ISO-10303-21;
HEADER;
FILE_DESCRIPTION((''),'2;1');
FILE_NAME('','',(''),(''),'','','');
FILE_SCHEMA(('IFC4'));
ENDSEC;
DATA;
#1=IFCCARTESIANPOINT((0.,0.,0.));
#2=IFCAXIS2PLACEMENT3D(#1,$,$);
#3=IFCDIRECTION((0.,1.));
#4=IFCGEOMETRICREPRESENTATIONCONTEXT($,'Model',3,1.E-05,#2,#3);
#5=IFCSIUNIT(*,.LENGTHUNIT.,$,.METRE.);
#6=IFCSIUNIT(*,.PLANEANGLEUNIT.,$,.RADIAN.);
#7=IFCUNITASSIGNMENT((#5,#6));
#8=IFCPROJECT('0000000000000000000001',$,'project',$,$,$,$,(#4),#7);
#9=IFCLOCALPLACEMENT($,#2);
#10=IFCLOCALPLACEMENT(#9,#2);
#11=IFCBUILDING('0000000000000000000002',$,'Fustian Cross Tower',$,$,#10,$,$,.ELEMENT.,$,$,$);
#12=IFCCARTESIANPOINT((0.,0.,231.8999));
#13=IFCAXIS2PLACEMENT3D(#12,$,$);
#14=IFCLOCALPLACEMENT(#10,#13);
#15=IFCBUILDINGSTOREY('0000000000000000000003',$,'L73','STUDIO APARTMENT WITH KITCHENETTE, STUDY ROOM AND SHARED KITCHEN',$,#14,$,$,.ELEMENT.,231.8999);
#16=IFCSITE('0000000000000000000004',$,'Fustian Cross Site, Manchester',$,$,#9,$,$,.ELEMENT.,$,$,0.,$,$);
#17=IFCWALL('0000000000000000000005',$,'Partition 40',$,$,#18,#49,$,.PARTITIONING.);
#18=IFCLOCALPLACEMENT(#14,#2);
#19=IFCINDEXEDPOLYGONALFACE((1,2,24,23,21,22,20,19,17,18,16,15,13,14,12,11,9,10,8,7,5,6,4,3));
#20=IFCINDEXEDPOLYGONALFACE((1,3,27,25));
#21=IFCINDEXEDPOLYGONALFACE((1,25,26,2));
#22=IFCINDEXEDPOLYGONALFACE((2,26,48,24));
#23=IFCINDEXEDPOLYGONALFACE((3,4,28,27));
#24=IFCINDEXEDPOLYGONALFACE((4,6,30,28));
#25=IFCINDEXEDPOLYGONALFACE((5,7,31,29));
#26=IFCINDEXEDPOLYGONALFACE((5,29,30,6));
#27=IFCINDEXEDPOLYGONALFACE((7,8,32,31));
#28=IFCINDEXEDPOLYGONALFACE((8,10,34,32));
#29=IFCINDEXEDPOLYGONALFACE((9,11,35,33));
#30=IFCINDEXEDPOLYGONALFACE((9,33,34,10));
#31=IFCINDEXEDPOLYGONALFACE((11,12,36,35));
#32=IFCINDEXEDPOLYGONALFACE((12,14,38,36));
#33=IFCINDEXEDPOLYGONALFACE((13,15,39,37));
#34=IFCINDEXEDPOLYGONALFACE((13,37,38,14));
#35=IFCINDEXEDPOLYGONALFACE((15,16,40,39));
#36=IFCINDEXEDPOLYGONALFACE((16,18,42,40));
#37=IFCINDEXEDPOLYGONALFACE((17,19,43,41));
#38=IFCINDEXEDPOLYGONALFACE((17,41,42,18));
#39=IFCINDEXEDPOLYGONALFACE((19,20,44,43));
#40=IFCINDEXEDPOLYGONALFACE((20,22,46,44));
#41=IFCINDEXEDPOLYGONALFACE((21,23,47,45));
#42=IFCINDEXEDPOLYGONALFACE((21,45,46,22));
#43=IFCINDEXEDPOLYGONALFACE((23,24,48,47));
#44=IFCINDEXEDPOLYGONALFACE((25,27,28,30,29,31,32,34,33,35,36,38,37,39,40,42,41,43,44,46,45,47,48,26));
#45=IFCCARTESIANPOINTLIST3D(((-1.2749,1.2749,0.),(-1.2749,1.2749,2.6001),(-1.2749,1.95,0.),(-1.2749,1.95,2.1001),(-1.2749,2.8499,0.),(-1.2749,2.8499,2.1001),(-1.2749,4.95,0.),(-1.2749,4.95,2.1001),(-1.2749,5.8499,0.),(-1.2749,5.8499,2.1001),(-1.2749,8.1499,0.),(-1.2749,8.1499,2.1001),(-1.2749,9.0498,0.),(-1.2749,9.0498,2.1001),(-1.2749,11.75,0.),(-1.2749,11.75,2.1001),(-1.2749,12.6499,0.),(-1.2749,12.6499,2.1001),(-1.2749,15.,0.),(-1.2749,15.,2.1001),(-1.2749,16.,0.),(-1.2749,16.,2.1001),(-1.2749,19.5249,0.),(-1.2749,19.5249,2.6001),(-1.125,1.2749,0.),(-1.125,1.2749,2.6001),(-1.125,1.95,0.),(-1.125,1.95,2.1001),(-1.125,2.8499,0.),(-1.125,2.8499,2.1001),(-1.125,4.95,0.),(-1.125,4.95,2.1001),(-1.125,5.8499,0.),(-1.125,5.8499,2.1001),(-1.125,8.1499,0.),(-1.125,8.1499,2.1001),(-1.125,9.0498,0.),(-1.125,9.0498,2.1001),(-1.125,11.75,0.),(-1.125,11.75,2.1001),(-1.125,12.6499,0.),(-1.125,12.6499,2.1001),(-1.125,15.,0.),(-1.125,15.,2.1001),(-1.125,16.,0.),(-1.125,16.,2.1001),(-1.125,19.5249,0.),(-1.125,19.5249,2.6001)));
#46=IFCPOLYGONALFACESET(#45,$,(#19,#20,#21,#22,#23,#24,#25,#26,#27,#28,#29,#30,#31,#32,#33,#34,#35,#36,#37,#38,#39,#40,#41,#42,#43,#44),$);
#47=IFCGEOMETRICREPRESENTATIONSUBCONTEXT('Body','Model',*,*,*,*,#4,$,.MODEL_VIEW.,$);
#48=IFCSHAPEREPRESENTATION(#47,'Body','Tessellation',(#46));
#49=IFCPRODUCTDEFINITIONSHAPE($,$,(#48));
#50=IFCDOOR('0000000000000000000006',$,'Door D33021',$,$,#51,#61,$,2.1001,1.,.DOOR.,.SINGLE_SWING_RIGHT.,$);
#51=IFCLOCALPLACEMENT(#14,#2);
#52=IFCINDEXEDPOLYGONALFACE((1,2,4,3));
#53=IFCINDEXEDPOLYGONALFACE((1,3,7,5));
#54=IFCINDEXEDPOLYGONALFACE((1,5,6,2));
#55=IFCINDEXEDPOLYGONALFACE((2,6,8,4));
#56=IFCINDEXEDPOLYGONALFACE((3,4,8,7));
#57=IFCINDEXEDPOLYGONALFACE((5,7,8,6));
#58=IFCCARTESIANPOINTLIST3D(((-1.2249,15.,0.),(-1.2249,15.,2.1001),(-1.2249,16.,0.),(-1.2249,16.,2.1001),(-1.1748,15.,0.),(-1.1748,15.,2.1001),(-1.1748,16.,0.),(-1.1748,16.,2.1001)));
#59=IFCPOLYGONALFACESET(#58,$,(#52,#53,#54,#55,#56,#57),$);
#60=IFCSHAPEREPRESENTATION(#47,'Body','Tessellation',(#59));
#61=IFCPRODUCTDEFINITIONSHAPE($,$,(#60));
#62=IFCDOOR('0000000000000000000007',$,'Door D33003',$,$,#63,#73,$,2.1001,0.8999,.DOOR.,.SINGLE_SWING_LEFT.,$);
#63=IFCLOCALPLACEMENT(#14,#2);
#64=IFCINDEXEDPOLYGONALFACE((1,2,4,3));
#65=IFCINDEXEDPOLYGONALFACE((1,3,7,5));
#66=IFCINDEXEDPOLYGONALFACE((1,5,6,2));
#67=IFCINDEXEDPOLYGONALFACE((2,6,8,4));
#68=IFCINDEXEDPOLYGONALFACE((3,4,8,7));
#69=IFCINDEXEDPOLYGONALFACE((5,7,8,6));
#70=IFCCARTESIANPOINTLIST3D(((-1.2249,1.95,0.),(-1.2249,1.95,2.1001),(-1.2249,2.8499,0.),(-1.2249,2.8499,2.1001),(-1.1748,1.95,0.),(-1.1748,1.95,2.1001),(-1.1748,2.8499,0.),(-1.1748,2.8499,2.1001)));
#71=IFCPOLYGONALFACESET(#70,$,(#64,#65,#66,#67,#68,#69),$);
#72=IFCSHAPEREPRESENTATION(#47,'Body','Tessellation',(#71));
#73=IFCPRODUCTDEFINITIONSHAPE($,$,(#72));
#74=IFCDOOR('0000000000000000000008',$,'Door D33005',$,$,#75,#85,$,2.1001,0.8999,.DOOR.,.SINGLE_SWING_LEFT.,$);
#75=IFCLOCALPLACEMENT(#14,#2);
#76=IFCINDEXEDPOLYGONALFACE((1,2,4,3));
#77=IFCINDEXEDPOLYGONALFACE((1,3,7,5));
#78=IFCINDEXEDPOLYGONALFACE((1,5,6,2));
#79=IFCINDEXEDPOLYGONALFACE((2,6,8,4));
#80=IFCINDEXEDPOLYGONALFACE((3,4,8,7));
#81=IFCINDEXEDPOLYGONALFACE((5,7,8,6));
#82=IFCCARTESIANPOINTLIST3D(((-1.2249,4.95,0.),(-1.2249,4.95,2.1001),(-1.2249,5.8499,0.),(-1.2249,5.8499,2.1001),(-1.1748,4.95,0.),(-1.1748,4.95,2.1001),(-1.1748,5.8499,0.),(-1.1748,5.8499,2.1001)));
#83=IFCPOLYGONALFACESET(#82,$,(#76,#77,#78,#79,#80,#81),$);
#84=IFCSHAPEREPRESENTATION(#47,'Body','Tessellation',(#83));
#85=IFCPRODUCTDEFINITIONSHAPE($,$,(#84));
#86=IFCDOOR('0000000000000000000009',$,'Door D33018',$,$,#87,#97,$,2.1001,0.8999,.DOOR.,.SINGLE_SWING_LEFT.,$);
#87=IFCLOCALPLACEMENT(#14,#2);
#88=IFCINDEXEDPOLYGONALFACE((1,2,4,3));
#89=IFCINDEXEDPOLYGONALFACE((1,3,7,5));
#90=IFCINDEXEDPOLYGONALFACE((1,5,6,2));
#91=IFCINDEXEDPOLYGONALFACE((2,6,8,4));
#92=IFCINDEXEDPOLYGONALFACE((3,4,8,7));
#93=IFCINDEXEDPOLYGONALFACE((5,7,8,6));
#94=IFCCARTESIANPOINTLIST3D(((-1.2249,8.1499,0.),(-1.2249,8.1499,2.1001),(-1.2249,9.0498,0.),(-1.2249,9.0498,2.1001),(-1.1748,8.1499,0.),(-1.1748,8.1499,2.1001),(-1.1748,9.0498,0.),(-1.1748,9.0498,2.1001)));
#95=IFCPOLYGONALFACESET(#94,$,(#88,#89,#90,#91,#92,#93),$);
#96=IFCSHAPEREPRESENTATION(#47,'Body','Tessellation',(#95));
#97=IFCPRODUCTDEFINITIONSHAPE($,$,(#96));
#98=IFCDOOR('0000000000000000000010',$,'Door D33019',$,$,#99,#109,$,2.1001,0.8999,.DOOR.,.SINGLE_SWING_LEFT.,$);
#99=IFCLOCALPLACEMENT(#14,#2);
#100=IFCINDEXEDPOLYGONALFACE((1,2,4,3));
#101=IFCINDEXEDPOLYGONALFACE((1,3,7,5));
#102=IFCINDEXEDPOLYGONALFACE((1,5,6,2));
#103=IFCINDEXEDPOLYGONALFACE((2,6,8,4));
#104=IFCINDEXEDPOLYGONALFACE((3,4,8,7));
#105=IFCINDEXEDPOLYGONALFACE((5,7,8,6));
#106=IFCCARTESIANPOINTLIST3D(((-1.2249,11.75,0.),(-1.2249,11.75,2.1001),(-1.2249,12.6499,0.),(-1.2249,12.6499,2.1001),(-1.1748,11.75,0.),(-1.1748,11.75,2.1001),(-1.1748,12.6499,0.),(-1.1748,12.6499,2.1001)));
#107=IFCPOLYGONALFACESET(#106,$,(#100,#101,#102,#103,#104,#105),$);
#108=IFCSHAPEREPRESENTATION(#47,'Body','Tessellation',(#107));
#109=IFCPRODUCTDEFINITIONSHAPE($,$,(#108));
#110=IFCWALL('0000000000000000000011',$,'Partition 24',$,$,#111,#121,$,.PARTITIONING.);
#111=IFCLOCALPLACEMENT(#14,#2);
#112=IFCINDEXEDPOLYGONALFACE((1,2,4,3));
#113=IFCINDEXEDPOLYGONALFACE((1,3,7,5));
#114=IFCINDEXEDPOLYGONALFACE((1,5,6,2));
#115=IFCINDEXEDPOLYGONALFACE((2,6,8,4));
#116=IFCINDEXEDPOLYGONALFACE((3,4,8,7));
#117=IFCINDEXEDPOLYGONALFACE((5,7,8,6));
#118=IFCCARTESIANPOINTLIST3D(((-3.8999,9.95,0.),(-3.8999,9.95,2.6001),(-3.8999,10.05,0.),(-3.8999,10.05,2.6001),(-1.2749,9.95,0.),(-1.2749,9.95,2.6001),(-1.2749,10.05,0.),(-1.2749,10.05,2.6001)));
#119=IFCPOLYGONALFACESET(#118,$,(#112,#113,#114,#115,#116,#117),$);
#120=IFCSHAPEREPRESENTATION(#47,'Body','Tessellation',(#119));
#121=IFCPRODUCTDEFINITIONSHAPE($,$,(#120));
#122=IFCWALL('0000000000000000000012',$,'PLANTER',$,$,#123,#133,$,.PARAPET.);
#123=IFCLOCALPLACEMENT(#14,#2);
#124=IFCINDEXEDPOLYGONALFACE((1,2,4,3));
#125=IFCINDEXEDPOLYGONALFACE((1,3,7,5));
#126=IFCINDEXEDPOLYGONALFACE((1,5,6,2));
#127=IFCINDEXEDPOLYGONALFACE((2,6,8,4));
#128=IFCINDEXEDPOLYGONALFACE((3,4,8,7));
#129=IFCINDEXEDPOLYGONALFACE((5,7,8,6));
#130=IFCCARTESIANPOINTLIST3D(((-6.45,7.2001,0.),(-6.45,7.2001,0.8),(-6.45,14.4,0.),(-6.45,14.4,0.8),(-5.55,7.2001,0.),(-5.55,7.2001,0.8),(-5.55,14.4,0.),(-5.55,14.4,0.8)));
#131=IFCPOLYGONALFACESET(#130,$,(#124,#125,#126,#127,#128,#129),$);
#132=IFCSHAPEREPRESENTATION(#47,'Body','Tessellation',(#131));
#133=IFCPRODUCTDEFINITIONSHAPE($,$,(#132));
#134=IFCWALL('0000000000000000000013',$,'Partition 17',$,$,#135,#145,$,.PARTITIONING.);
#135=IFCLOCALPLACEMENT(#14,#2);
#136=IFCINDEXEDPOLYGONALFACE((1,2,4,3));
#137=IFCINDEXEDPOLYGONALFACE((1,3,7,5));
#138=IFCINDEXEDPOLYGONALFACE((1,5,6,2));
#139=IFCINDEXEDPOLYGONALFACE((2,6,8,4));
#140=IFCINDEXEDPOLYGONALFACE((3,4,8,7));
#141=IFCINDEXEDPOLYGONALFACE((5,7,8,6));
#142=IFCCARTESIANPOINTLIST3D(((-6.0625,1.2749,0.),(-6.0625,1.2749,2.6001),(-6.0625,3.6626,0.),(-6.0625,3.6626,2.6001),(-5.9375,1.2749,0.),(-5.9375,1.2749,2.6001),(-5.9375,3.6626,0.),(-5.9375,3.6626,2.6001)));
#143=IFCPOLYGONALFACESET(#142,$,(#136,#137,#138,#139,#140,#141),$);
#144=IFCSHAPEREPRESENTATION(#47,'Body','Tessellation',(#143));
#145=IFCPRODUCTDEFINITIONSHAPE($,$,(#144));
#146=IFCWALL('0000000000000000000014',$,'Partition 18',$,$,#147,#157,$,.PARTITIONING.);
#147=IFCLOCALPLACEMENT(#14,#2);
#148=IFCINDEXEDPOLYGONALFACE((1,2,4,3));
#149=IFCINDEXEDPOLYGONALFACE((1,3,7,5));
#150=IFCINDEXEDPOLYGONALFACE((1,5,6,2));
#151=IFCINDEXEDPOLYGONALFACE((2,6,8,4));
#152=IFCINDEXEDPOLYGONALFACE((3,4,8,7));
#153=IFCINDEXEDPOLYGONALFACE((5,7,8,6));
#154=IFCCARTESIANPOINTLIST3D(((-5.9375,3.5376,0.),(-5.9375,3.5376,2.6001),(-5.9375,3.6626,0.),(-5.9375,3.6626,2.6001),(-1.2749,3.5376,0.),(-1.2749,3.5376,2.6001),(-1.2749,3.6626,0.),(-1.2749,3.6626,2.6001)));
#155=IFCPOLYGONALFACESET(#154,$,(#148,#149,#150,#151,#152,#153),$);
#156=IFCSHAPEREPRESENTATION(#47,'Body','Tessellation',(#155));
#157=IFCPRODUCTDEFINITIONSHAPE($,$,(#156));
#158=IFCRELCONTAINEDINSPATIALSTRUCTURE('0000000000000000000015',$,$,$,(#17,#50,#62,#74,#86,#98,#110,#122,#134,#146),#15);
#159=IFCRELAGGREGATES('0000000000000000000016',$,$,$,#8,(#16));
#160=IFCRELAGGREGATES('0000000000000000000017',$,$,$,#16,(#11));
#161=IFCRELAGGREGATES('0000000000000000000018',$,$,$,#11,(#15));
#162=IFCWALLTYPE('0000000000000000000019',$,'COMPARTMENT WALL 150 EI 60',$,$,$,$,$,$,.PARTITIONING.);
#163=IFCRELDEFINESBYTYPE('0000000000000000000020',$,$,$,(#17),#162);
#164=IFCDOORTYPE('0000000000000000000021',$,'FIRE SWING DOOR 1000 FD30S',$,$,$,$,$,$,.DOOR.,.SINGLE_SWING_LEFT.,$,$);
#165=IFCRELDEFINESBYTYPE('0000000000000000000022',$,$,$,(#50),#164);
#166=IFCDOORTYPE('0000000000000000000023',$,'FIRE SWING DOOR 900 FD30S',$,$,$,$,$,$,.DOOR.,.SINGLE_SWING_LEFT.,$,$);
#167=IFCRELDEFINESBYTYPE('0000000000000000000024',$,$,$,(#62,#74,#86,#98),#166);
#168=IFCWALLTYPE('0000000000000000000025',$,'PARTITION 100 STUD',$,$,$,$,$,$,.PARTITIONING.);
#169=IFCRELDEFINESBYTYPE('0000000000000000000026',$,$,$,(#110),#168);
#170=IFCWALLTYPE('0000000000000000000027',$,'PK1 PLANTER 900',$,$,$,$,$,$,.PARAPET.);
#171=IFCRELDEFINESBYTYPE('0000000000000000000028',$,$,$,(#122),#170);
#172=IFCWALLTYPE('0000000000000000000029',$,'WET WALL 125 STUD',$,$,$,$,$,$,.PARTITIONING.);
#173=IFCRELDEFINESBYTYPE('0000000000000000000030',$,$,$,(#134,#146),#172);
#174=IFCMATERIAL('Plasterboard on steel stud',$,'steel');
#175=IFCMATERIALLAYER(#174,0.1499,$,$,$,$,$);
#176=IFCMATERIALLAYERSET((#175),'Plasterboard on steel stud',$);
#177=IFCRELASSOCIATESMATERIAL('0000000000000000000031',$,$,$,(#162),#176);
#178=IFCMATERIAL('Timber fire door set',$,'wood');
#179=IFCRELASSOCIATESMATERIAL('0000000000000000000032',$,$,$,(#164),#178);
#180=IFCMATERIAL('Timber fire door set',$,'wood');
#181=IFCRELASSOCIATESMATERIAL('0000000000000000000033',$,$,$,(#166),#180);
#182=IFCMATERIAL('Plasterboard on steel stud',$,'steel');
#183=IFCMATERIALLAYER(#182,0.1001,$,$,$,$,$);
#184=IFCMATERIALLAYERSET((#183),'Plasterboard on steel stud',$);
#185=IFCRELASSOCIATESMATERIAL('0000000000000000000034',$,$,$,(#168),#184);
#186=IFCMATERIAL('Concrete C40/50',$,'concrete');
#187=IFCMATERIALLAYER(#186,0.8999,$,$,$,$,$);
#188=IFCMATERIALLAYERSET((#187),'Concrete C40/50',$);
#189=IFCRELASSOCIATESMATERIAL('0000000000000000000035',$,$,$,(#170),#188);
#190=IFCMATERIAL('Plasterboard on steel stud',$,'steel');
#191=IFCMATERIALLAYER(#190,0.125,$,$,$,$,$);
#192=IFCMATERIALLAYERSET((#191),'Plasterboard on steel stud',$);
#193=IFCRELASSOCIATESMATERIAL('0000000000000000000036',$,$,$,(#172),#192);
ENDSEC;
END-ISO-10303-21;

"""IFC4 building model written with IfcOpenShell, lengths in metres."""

from ifc_helpers import new_model, si_unit, direction, frame, frame_2d, origin, place, context, subcontext, project, spatial, rectangle, extrude, material, layer, layer_set, type_object, element, fill, save


model = new_model("IFC4")

# Units and contexts
model_context = context("Model", 3, precision=1e-05, world=origin(), true_north=direction((0.0, 1.0)))
body_context = subcontext(model_context, "Body", "Model", "MODEL_VIEW")
ifc_project = project(units=[si_unit("LENGTHUNIT", "METRE"), si_unit("PLANEANGLEUNIT", "RADIAN")], contexts=[model_context])

# Site, building, storey
site_placement = place(None, origin())
site = spatial("IfcSite", under=ifc_project, at=site_placement, Name="Fustian Cross Site, Manchester", CompositionType="ELEMENT", RefElevation=0.0)
building_placement = place(site_placement, origin())
building = spatial("IfcBuilding", under=site, at=building_placement, Name="Fustian Cross Tower", CompositionType="ELEMENT")
storey_placement = place(building_placement, frame((0.0, 0.0, 231.8999)))
storey = spatial("IfcBuildingStorey", under=building, at=storey_placement, Name="L73", Description="STUDIO APARTMENT WITH KITCHENETTE, STUDY ROOM AND SHARED KITCHEN", CompositionType="ELEMENT", Elevation=231.8999)

# Wall, openings, doors
ifc_material_1 = material(Name="Plasterboard on steel stud", Category="steel")
ifc_layer_1 = layer(ifc_material_1, 0.1499)
ifc_layer_set_1 = layer_set([ifc_layer_1], Name="Plasterboard on steel stud")
wall_type_1 = type_object("IfcWallType", Name="COMPARTMENT WALL 150 EI 60", PredefinedType="PARTITIONING", material=ifc_layer_set_1)
wall_1_placement = place(storey_placement, frame((-1.2, 1.2749, 0.0), z_axis=(0.0, 0.0, 1.0), x_axis=(0.0, 1.0, 0.0)))
wall_1 = element("IfcWall", 1, at=wall_1_placement, inside=storey, type_object=wall_type_1, Name="Partition 40", PredefinedType="PARTITIONING", context=body_context, shape_type="SweptSolid", body=[
    extrude(rectangle(XDim=18.25, YDim=0.1499, at=frame_2d((9.125, 0.0))), origin(), (0.0, 0.0, 1.0), 2.6001),
])
opening_1_placement = place(wall_1_placement, frame((0.675, 0.0, 0.0)))
opening_1 = element("IfcOpeningElement", 2, at=opening_1_placement, cuts=wall_1, PredefinedType="OPENING", context=body_context, shape_type="SweptSolid", body=[
    extrude(rectangle(XDim=0.8999, YDim=2.1001, at=frame_2d((0.45, 1.05))), frame((0.0, 0.085, 0.0), z_axis=(0.0, -1.0, 0.0), x_axis=(1.0, 0.0, 0.0)), (0.0, 0.0, 1.0), 0.1699),
])
opening_2_placement = place(wall_1_placement, frame((3.675, 0.0, 0.0)))
opening_2 = element("IfcOpeningElement", 3, at=opening_2_placement, cuts=wall_1, PredefinedType="OPENING", context=body_context, shape_type="SweptSolid", body=[
    extrude(rectangle(XDim=0.8999, YDim=2.1001, at=frame_2d((0.45, 1.05))), frame((0.0, 0.085, 0.0), z_axis=(0.0, -1.0, 0.0), x_axis=(1.0, 0.0, 0.0)), (0.0, 0.0, 1.0), 0.1699),
])
opening_3_placement = place(wall_1_placement, frame((6.875, 0.0, 0.0)))
opening_3 = element("IfcOpeningElement", 4, at=opening_3_placement, cuts=wall_1, PredefinedType="OPENING", context=body_context, shape_type="SweptSolid", body=[
    extrude(rectangle(XDim=0.8999, YDim=2.1001, at=frame_2d((0.45, 1.05))), frame((0.0, 0.085, 0.0), z_axis=(0.0, -1.0, 0.0), x_axis=(1.0, 0.0, 0.0)), (0.0, 0.0, 1.0), 0.1699),
])
opening_4_placement = place(wall_1_placement, frame((10.4751, 0.0, 0.0)))
opening_4 = element("IfcOpeningElement", 5, at=opening_4_placement, cuts=wall_1, PredefinedType="OPENING", context=body_context, shape_type="SweptSolid", body=[
    extrude(rectangle(XDim=0.8999, YDim=2.1001, at=frame_2d((0.45, 1.05))), frame((0.0, 0.085, 0.0), z_axis=(0.0, -1.0, 0.0), x_axis=(1.0, 0.0, 0.0)), (0.0, 0.0, 1.0), 0.1699),
])
opening_5_placement = place(wall_1_placement, frame((13.7251, 0.0, 0.0)))
opening_5 = element("IfcOpeningElement", 6, at=opening_5_placement, cuts=wall_1, PredefinedType="OPENING", context=body_context, shape_type="SweptSolid", body=[
    extrude(rectangle(XDim=1.0, YDim=2.1001, at=frame_2d((0.5, 1.05))), frame((0.0, 0.085, 0.0), z_axis=(0.0, -1.0, 0.0), x_axis=(1.0, 0.0, 0.0)), (0.0, 0.0, 1.0), 0.1699),
])
ifc_material_2 = material(Name="Timber fire door set", Category="wood")
door_type_1 = type_object("IfcDoorType", Name="FIRE SWING DOOR 1000 FD30S", OperationType="SINGLE_SWING_LEFT", PredefinedType="DOOR", material=ifc_material_2)
door_1_placement = place(opening_5_placement, origin())
door_1 = element("IfcDoor", 7, at=door_1_placement, inside=storey, type_object=door_type_1, Name="Door D33021", OperationType="SINGLE_SWING_RIGHT", OverallHeight=2.1001, OverallWidth=1.0, PredefinedType="DOOR", context=body_context, shape_type="SweptSolid", body=[
    extrude(rectangle(XDim=1.0, YDim=2.1001, at=frame_2d((0.5, 1.05))), frame((0.0, 0.0249, 0.0), z_axis=(0.0, -1.0, 0.0), x_axis=(1.0, 0.0, 0.0)), (0.0, 0.0, 1.0), 0.05),
])
fill(opening_5, door_1)
ifc_material_3 = material(Name="Timber fire door set", Category="wood")
door_type_2 = type_object("IfcDoorType", Name="FIRE SWING DOOR 900 FD30S", OperationType="SINGLE_SWING_LEFT", PredefinedType="DOOR", material=ifc_material_3)
door_2_placement = place(opening_1_placement, origin())
door_2 = element("IfcDoor", 8, at=door_2_placement, inside=storey, type_object=door_type_2, Name="Door D33003", OperationType="SINGLE_SWING_LEFT", OverallHeight=2.1001, OverallWidth=0.8999, PredefinedType="DOOR", context=body_context, shape_type="SweptSolid", body=[
    extrude(rectangle(XDim=0.8999, YDim=2.1001, at=frame_2d((0.45, 1.05))), frame((0.0, 0.0249, 0.0), z_axis=(0.0, -1.0, 0.0), x_axis=(1.0, 0.0, 0.0)), (0.0, 0.0, 1.0), 0.05),
])
fill(opening_1, door_2)
door_3_placement = place(opening_2_placement, origin())
door_3 = element("IfcDoor", 9, at=door_3_placement, inside=storey, type_object=door_type_2, Name="Door D33005", OperationType="SINGLE_SWING_LEFT", OverallHeight=2.1001, OverallWidth=0.8999, PredefinedType="DOOR", context=body_context, shape_type="SweptSolid", body=[
    extrude(rectangle(XDim=0.8999, YDim=2.1001, at=frame_2d((0.45, 1.05))), frame((0.0, 0.0249, 0.0), z_axis=(0.0, -1.0, 0.0), x_axis=(1.0, 0.0, 0.0)), (0.0, 0.0, 1.0), 0.05),
])
fill(opening_2, door_3)
door_4_placement = place(opening_3_placement, origin())
door_4 = element("IfcDoor", 10, at=door_4_placement, inside=storey, type_object=door_type_2, Name="Door D33018", OperationType="SINGLE_SWING_LEFT", OverallHeight=2.1001, OverallWidth=0.8999, PredefinedType="DOOR", context=body_context, shape_type="SweptSolid", body=[
    extrude(rectangle(XDim=0.8999, YDim=2.1001, at=frame_2d((0.45, 1.05))), frame((0.0, 0.0249, 0.0), z_axis=(0.0, -1.0, 0.0), x_axis=(1.0, 0.0, 0.0)), (0.0, 0.0, 1.0), 0.05),
])
fill(opening_3, door_4)
door_5_placement = place(opening_4_placement, origin())
door_5 = element("IfcDoor", 11, at=door_5_placement, inside=storey, type_object=door_type_2, Name="Door D33019", OperationType="SINGLE_SWING_LEFT", OverallHeight=2.1001, OverallWidth=0.8999, PredefinedType="DOOR", context=body_context, shape_type="SweptSolid", body=[
    extrude(rectangle(XDim=0.8999, YDim=2.1001, at=frame_2d((0.45, 1.05))), frame((0.0, 0.0249, 0.0), z_axis=(0.0, -1.0, 0.0), x_axis=(1.0, 0.0, 0.0)), (0.0, 0.0, 1.0), 0.05),
])
fill(opening_4, door_5)

# Walls
ifc_material_4 = material(Name="Plasterboard on steel stud", Category="steel")
ifc_layer_2 = layer(ifc_material_4, 0.1001)
ifc_layer_set_2 = layer_set([ifc_layer_2], Name="Plasterboard on steel stud")
wall_type_2 = type_object("IfcWallType", Name="PARTITION 100 STUD", PredefinedType="PARTITIONING", material=ifc_layer_set_2)
wall_2_placement = place(storey_placement, frame((-3.8999, 10.0, 0.0), z_axis=(0.0, 0.0, 1.0), x_axis=(1.0, 0.0, 0.0)))
element("IfcWall", 12, at=wall_2_placement, inside=storey, type_object=wall_type_2, Name="Partition 24", PredefinedType="PARTITIONING", context=body_context, shape_type="SweptSolid", body=[
    extrude(rectangle(XDim=2.625, YDim=0.1001, at=frame_2d((1.3125, 0.0))), origin(), (0.0, 0.0, 1.0), 2.6001),
])
ifc_material_5 = material(Name="Concrete C40/50", Category="concrete")
ifc_layer_3 = layer(ifc_material_5, 0.8999)
ifc_layer_set_3 = layer_set([ifc_layer_3], Name="Concrete C40/50")
wall_type_3 = type_object("IfcWallType", Name="PK1 PLANTER 900", PredefinedType="PARAPET", material=ifc_layer_set_3)
wall_3_placement = place(storey_placement, frame((-6.0, 7.2, 0.0), z_axis=(0.0, 0.0, 1.0), x_axis=(0.0, 1.0, 0.0)))
element("IfcWall", 13, at=wall_3_placement, inside=storey, type_object=wall_type_3, Name="PLANTER", PredefinedType="PARAPET", context=body_context, shape_type="SweptSolid", body=[
    extrude(rectangle(XDim=7.2, YDim=0.8999, at=frame_2d((3.6001, 0.0))), origin(), (0.0, 0.0, 1.0), 0.8),
])
ifc_material_6 = material(Name="Plasterboard on steel stud", Category="steel")
ifc_layer_4 = layer(ifc_material_6, 0.125)
ifc_layer_set_4 = layer_set([ifc_layer_4], Name="Plasterboard on steel stud")
wall_type_4 = type_object("IfcWallType", Name="WET WALL 125 STUD", PredefinedType="PARTITIONING", material=ifc_layer_set_4)
wall_4_placement = place(storey_placement, frame((-6.0, 1.2749, 0.0), z_axis=(0.0, 0.0, 1.0), x_axis=(0.0, 1.0, 0.0)))
element("IfcWall", 14, at=wall_4_placement, inside=storey, type_object=wall_type_4, Name="Partition 17", PredefinedType="PARTITIONING", context=body_context, shape_type="SweptSolid", body=[
    extrude(rectangle(XDim=2.3877, YDim=0.125, at=frame_2d((1.1938, 0.0))), origin(), (0.0, 0.0, 1.0), 2.6001),
])
wall_5_placement = place(storey_placement, frame((-5.9375, 3.6001, 0.0), z_axis=(0.0, 0.0, 1.0), x_axis=(1.0, 0.0, 0.0)))
element("IfcWall", 15, at=wall_5_placement, inside=storey, type_object=wall_type_4, Name="Partition 18", PredefinedType="PARTITIONING", context=body_context, shape_type="SweptSolid", body=[
    extrude(rectangle(XDim=4.6626, YDim=0.125, at=frame_2d((2.3313, 0.0))), origin(), (0.0, 0.0, 1.0), 2.6001),
])

save(model, "model.ifc")
